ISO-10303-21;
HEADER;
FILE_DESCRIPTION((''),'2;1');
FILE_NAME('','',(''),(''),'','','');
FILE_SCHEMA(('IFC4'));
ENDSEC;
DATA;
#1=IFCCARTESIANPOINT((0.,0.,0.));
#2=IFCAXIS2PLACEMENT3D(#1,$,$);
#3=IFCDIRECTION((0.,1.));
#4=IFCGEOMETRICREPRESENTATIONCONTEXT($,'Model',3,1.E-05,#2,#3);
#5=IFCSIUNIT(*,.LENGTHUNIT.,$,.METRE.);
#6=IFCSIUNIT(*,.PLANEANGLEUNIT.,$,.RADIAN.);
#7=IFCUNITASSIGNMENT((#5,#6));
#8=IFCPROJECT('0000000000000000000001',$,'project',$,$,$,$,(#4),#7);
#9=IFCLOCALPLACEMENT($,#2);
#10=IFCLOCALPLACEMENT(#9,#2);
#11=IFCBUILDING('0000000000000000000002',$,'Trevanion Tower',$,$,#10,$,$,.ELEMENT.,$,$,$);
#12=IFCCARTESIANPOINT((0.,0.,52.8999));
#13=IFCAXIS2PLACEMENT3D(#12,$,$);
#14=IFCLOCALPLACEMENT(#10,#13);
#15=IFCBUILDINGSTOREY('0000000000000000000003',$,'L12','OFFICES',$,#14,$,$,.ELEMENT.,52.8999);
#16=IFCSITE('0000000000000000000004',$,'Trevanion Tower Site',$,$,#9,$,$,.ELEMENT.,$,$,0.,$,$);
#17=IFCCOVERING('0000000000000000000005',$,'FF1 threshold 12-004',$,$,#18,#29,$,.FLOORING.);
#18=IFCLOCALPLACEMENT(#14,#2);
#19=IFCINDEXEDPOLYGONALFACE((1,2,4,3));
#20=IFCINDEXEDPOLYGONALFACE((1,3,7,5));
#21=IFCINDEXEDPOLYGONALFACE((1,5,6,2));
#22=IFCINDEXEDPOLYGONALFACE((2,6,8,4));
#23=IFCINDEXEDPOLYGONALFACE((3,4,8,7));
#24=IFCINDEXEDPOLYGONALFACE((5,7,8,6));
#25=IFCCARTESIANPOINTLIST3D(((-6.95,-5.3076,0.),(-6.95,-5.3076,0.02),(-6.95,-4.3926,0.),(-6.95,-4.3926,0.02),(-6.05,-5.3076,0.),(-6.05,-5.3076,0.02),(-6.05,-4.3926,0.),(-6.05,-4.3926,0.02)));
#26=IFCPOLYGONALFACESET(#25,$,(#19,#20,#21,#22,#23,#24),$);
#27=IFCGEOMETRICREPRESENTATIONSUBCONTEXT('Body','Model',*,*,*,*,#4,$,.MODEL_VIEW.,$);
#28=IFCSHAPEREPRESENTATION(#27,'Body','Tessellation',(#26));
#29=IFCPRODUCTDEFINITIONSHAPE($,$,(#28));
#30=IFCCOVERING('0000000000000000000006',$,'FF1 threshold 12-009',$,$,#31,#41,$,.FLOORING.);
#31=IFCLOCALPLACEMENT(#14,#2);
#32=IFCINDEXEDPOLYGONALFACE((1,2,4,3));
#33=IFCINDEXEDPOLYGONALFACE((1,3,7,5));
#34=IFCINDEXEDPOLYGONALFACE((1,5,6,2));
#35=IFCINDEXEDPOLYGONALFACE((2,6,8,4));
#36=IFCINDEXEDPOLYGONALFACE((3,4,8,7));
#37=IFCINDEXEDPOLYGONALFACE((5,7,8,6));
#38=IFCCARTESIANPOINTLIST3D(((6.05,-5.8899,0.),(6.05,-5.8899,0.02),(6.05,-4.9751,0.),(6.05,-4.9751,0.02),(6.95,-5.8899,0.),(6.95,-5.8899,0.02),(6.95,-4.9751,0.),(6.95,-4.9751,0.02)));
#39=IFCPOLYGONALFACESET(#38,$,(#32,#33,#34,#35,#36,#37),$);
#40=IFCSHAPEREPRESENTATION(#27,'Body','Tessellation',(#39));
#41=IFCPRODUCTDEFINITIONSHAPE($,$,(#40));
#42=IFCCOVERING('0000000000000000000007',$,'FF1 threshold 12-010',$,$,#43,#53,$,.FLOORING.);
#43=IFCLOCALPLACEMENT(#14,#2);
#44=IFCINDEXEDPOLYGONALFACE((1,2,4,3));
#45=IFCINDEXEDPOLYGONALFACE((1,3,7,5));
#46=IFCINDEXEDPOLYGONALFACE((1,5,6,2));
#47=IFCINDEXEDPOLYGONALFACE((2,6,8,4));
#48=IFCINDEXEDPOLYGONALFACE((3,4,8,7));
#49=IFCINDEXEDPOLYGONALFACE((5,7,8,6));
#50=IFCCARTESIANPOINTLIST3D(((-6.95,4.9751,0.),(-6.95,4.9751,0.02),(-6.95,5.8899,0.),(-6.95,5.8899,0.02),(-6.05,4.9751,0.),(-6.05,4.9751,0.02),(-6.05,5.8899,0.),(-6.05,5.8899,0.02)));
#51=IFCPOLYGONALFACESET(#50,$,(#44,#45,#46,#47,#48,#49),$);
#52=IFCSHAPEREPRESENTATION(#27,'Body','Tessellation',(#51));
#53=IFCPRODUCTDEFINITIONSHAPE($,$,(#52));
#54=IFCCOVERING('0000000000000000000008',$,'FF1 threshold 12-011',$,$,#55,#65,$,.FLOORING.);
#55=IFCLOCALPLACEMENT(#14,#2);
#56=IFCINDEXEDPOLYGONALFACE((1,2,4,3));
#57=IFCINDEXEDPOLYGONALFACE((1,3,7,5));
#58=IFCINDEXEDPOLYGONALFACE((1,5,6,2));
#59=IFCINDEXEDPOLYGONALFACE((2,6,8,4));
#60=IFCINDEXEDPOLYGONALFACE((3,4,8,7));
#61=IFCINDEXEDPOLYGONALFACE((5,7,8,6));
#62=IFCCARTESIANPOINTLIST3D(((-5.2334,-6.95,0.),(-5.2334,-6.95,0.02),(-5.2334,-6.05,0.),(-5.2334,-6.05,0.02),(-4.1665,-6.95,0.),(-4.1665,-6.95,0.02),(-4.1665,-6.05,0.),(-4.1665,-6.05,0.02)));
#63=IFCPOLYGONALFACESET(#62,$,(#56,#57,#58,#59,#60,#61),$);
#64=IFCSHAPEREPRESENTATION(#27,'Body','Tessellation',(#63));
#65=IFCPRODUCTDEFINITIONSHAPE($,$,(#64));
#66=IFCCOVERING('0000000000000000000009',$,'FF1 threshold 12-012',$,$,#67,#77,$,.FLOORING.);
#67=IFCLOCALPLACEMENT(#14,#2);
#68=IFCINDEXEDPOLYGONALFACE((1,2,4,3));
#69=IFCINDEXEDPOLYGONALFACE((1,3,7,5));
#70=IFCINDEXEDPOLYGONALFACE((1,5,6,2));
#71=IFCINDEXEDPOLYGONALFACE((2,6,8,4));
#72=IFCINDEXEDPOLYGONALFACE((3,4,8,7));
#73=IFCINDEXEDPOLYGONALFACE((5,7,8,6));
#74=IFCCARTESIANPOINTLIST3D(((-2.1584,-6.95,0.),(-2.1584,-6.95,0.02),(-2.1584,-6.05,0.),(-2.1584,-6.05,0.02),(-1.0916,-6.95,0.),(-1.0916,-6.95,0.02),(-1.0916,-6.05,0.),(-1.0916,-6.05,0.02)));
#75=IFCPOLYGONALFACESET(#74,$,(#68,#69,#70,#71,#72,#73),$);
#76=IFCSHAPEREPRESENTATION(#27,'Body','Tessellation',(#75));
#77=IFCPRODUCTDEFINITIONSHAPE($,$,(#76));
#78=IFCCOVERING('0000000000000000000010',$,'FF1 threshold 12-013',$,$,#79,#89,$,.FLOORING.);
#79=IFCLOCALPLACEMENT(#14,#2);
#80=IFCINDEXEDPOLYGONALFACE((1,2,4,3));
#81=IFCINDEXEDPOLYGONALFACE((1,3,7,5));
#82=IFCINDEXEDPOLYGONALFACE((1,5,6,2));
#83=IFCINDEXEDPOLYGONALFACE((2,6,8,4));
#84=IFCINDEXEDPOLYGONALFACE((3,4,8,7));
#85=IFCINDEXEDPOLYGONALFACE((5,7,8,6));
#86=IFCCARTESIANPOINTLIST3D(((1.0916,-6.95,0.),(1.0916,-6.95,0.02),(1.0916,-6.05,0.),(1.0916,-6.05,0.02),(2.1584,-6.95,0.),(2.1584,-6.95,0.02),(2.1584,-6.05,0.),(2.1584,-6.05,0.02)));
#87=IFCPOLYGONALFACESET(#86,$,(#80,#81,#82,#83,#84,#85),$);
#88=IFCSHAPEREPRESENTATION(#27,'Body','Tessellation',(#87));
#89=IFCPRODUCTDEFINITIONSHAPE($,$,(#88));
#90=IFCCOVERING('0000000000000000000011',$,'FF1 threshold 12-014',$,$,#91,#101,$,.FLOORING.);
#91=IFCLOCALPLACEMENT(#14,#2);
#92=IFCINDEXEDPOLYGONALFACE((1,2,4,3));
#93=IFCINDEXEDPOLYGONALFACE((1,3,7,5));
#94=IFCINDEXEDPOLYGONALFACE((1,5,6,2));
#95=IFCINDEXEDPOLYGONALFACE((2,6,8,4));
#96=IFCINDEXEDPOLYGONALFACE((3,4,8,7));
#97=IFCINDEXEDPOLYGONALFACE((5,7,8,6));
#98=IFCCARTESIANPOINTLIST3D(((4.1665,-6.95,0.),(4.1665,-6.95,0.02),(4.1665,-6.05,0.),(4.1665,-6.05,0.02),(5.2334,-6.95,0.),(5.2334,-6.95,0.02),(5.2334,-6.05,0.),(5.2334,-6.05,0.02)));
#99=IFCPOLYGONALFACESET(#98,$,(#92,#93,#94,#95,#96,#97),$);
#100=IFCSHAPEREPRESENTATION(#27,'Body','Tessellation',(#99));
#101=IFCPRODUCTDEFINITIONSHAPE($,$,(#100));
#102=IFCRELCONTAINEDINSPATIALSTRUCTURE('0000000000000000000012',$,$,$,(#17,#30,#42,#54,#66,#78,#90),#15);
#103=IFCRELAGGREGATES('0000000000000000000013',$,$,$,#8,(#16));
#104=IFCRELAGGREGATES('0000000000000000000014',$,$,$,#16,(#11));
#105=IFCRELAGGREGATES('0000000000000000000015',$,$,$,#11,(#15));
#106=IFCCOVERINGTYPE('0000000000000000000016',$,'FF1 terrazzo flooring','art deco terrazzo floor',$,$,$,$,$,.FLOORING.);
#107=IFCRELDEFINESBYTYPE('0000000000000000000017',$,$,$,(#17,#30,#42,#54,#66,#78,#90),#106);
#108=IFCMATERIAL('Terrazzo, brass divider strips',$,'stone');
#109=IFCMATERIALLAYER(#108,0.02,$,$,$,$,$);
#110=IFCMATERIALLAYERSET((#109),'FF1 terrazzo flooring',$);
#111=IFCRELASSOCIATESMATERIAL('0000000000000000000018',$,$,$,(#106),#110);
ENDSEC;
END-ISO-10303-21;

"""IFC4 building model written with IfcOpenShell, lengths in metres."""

from ifc_helpers import new_model, si_unit, direction, frame, origin, place, context, subcontext, project, spatial, polyline, outline, extrude, material, layer, layer_set, type_object, element, save


model = new_model("IFC4")

# Units and contexts
model_context = context("Model", 3, precision=1e-05, world=origin(), true_north=direction((0.0, 1.0)))
body_context = subcontext(model_context, "Body", "Model", "MODEL_VIEW")
ifc_project = project(units=[si_unit("LENGTHUNIT", "METRE"), si_unit("PLANEANGLEUNIT", "RADIAN")], contexts=[model_context])

# Site, building, storey
site_placement = place(None, origin())
site = spatial("IfcSite", under=ifc_project, at=site_placement, Name="Trevanion Tower Site", CompositionType="ELEMENT", RefElevation=0.0)
building_placement = place(site_placement, origin())
building = spatial("IfcBuilding", under=site, at=building_placement, Name="Trevanion Tower", CompositionType="ELEMENT")
storey_placement = place(building_placement, frame((0.0, 0.0, 52.8999)))
storey = spatial("IfcBuildingStorey", under=building, at=storey_placement, Name="L12", Description="OFFICES", CompositionType="ELEMENT", Elevation=52.8999)

# Coverings
ifc_material_1 = material(Name="Terrazzo, brass divider strips", Category="stone")
ifc_layer_1 = layer(ifc_material_1, 0.02)
ifc_layer_set_1 = layer_set([ifc_layer_1], Name="FF1 terrazzo flooring")
covering_type = type_object("IfcCoveringType", Name="FF1 terrazzo flooring", Description="art deco terrazzo floor", PredefinedType="FLOORING", material=ifc_layer_set_1)
covering_1_placement = place(storey_placement, origin())
element("IfcCovering", 1, at=covering_1_placement, inside=storey, type_object=covering_type, Name="FF1 threshold 12-004", PredefinedType="FLOORING", context=body_context, shape_type="SweptSolid", body=[
    extrude(outline(polyline([(-6.95, -4.3926), (-6.95, -5.3076), (-6.05, -5.3076), (-6.05, -4.3926), (-6.95, -4.3926)])), origin(), (0.0, 0.0, 1.0), 0.02),
])
covering_2_placement = place(storey_placement, origin())
element("IfcCovering", 2, at=covering_2_placement, inside=storey, type_object=covering_type, Name="FF1 threshold 12-009", PredefinedType="FLOORING", context=body_context, shape_type="SweptSolid", body=[
    extrude(outline(polyline([(6.95, -5.8899), (6.95, -4.9751), (6.05, -4.9751), (6.05, -5.8899), (6.95, -5.8899)])), origin(), (0.0, 0.0, 1.0), 0.02),
])
covering_3_placement = place(storey_placement, origin())
element("IfcCovering", 3, at=covering_3_placement, inside=storey, type_object=covering_type, Name="FF1 threshold 12-010", PredefinedType="FLOORING", context=body_context, shape_type="SweptSolid", body=[
    extrude(outline(polyline([(-6.95, 5.8899), (-6.95, 4.9751), (-6.05, 4.9751), (-6.05, 5.8899), (-6.95, 5.8899)])), origin(), (0.0, 0.0, 1.0), 0.02),
])
covering_4_placement = place(storey_placement, origin())
element("IfcCovering", 4, at=covering_4_placement, inside=storey, type_object=covering_type, Name="FF1 threshold 12-011", PredefinedType="FLOORING", context=body_context, shape_type="SweptSolid", body=[
    extrude(outline(polyline([(-5.2334, -6.95), (-4.1665, -6.95), (-4.1665, -6.05), (-5.2334, -6.05), (-5.2334, -6.95)])), origin(), (0.0, 0.0, 1.0), 0.02),
])
covering_5_placement = place(storey_placement, origin())
element("IfcCovering", 5, at=covering_5_placement, inside=storey, type_object=covering_type, Name="FF1 threshold 12-012", PredefinedType="FLOORING", context=body_context, shape_type="SweptSolid", body=[
    extrude(outline(polyline([(-2.1584, -6.95), (-1.0916, -6.95), (-1.0916, -6.05), (-2.1584, -6.05), (-2.1584, -6.95)])), origin(), (0.0, 0.0, 1.0), 0.02),
])
covering_6_placement = place(storey_placement, origin())
element("IfcCovering", 6, at=covering_6_placement, inside=storey, type_object=covering_type, Name="FF1 threshold 12-013", PredefinedType="FLOORING", context=body_context, shape_type="SweptSolid", body=[
    extrude(outline(polyline([(1.0916, -6.95), (2.1584, -6.95), (2.1584, -6.05), (1.0916, -6.05), (1.0916, -6.95)])), origin(), (0.0, 0.0, 1.0), 0.02),
])
covering_7_placement = place(storey_placement, origin())
element("IfcCovering", 7, at=covering_7_placement, inside=storey, type_object=covering_type, Name="FF1 threshold 12-014", PredefinedType="FLOORING", context=body_context, shape_type="SweptSolid", body=[
    extrude(outline(polyline([(4.1665, -6.95), (5.2334, -6.95), (5.2334, -6.05), (4.1665, -6.05), (4.1665, -6.95)])), origin(), (0.0, 0.0, 1.0), 0.02),
])

save(model, "model.ifc")
